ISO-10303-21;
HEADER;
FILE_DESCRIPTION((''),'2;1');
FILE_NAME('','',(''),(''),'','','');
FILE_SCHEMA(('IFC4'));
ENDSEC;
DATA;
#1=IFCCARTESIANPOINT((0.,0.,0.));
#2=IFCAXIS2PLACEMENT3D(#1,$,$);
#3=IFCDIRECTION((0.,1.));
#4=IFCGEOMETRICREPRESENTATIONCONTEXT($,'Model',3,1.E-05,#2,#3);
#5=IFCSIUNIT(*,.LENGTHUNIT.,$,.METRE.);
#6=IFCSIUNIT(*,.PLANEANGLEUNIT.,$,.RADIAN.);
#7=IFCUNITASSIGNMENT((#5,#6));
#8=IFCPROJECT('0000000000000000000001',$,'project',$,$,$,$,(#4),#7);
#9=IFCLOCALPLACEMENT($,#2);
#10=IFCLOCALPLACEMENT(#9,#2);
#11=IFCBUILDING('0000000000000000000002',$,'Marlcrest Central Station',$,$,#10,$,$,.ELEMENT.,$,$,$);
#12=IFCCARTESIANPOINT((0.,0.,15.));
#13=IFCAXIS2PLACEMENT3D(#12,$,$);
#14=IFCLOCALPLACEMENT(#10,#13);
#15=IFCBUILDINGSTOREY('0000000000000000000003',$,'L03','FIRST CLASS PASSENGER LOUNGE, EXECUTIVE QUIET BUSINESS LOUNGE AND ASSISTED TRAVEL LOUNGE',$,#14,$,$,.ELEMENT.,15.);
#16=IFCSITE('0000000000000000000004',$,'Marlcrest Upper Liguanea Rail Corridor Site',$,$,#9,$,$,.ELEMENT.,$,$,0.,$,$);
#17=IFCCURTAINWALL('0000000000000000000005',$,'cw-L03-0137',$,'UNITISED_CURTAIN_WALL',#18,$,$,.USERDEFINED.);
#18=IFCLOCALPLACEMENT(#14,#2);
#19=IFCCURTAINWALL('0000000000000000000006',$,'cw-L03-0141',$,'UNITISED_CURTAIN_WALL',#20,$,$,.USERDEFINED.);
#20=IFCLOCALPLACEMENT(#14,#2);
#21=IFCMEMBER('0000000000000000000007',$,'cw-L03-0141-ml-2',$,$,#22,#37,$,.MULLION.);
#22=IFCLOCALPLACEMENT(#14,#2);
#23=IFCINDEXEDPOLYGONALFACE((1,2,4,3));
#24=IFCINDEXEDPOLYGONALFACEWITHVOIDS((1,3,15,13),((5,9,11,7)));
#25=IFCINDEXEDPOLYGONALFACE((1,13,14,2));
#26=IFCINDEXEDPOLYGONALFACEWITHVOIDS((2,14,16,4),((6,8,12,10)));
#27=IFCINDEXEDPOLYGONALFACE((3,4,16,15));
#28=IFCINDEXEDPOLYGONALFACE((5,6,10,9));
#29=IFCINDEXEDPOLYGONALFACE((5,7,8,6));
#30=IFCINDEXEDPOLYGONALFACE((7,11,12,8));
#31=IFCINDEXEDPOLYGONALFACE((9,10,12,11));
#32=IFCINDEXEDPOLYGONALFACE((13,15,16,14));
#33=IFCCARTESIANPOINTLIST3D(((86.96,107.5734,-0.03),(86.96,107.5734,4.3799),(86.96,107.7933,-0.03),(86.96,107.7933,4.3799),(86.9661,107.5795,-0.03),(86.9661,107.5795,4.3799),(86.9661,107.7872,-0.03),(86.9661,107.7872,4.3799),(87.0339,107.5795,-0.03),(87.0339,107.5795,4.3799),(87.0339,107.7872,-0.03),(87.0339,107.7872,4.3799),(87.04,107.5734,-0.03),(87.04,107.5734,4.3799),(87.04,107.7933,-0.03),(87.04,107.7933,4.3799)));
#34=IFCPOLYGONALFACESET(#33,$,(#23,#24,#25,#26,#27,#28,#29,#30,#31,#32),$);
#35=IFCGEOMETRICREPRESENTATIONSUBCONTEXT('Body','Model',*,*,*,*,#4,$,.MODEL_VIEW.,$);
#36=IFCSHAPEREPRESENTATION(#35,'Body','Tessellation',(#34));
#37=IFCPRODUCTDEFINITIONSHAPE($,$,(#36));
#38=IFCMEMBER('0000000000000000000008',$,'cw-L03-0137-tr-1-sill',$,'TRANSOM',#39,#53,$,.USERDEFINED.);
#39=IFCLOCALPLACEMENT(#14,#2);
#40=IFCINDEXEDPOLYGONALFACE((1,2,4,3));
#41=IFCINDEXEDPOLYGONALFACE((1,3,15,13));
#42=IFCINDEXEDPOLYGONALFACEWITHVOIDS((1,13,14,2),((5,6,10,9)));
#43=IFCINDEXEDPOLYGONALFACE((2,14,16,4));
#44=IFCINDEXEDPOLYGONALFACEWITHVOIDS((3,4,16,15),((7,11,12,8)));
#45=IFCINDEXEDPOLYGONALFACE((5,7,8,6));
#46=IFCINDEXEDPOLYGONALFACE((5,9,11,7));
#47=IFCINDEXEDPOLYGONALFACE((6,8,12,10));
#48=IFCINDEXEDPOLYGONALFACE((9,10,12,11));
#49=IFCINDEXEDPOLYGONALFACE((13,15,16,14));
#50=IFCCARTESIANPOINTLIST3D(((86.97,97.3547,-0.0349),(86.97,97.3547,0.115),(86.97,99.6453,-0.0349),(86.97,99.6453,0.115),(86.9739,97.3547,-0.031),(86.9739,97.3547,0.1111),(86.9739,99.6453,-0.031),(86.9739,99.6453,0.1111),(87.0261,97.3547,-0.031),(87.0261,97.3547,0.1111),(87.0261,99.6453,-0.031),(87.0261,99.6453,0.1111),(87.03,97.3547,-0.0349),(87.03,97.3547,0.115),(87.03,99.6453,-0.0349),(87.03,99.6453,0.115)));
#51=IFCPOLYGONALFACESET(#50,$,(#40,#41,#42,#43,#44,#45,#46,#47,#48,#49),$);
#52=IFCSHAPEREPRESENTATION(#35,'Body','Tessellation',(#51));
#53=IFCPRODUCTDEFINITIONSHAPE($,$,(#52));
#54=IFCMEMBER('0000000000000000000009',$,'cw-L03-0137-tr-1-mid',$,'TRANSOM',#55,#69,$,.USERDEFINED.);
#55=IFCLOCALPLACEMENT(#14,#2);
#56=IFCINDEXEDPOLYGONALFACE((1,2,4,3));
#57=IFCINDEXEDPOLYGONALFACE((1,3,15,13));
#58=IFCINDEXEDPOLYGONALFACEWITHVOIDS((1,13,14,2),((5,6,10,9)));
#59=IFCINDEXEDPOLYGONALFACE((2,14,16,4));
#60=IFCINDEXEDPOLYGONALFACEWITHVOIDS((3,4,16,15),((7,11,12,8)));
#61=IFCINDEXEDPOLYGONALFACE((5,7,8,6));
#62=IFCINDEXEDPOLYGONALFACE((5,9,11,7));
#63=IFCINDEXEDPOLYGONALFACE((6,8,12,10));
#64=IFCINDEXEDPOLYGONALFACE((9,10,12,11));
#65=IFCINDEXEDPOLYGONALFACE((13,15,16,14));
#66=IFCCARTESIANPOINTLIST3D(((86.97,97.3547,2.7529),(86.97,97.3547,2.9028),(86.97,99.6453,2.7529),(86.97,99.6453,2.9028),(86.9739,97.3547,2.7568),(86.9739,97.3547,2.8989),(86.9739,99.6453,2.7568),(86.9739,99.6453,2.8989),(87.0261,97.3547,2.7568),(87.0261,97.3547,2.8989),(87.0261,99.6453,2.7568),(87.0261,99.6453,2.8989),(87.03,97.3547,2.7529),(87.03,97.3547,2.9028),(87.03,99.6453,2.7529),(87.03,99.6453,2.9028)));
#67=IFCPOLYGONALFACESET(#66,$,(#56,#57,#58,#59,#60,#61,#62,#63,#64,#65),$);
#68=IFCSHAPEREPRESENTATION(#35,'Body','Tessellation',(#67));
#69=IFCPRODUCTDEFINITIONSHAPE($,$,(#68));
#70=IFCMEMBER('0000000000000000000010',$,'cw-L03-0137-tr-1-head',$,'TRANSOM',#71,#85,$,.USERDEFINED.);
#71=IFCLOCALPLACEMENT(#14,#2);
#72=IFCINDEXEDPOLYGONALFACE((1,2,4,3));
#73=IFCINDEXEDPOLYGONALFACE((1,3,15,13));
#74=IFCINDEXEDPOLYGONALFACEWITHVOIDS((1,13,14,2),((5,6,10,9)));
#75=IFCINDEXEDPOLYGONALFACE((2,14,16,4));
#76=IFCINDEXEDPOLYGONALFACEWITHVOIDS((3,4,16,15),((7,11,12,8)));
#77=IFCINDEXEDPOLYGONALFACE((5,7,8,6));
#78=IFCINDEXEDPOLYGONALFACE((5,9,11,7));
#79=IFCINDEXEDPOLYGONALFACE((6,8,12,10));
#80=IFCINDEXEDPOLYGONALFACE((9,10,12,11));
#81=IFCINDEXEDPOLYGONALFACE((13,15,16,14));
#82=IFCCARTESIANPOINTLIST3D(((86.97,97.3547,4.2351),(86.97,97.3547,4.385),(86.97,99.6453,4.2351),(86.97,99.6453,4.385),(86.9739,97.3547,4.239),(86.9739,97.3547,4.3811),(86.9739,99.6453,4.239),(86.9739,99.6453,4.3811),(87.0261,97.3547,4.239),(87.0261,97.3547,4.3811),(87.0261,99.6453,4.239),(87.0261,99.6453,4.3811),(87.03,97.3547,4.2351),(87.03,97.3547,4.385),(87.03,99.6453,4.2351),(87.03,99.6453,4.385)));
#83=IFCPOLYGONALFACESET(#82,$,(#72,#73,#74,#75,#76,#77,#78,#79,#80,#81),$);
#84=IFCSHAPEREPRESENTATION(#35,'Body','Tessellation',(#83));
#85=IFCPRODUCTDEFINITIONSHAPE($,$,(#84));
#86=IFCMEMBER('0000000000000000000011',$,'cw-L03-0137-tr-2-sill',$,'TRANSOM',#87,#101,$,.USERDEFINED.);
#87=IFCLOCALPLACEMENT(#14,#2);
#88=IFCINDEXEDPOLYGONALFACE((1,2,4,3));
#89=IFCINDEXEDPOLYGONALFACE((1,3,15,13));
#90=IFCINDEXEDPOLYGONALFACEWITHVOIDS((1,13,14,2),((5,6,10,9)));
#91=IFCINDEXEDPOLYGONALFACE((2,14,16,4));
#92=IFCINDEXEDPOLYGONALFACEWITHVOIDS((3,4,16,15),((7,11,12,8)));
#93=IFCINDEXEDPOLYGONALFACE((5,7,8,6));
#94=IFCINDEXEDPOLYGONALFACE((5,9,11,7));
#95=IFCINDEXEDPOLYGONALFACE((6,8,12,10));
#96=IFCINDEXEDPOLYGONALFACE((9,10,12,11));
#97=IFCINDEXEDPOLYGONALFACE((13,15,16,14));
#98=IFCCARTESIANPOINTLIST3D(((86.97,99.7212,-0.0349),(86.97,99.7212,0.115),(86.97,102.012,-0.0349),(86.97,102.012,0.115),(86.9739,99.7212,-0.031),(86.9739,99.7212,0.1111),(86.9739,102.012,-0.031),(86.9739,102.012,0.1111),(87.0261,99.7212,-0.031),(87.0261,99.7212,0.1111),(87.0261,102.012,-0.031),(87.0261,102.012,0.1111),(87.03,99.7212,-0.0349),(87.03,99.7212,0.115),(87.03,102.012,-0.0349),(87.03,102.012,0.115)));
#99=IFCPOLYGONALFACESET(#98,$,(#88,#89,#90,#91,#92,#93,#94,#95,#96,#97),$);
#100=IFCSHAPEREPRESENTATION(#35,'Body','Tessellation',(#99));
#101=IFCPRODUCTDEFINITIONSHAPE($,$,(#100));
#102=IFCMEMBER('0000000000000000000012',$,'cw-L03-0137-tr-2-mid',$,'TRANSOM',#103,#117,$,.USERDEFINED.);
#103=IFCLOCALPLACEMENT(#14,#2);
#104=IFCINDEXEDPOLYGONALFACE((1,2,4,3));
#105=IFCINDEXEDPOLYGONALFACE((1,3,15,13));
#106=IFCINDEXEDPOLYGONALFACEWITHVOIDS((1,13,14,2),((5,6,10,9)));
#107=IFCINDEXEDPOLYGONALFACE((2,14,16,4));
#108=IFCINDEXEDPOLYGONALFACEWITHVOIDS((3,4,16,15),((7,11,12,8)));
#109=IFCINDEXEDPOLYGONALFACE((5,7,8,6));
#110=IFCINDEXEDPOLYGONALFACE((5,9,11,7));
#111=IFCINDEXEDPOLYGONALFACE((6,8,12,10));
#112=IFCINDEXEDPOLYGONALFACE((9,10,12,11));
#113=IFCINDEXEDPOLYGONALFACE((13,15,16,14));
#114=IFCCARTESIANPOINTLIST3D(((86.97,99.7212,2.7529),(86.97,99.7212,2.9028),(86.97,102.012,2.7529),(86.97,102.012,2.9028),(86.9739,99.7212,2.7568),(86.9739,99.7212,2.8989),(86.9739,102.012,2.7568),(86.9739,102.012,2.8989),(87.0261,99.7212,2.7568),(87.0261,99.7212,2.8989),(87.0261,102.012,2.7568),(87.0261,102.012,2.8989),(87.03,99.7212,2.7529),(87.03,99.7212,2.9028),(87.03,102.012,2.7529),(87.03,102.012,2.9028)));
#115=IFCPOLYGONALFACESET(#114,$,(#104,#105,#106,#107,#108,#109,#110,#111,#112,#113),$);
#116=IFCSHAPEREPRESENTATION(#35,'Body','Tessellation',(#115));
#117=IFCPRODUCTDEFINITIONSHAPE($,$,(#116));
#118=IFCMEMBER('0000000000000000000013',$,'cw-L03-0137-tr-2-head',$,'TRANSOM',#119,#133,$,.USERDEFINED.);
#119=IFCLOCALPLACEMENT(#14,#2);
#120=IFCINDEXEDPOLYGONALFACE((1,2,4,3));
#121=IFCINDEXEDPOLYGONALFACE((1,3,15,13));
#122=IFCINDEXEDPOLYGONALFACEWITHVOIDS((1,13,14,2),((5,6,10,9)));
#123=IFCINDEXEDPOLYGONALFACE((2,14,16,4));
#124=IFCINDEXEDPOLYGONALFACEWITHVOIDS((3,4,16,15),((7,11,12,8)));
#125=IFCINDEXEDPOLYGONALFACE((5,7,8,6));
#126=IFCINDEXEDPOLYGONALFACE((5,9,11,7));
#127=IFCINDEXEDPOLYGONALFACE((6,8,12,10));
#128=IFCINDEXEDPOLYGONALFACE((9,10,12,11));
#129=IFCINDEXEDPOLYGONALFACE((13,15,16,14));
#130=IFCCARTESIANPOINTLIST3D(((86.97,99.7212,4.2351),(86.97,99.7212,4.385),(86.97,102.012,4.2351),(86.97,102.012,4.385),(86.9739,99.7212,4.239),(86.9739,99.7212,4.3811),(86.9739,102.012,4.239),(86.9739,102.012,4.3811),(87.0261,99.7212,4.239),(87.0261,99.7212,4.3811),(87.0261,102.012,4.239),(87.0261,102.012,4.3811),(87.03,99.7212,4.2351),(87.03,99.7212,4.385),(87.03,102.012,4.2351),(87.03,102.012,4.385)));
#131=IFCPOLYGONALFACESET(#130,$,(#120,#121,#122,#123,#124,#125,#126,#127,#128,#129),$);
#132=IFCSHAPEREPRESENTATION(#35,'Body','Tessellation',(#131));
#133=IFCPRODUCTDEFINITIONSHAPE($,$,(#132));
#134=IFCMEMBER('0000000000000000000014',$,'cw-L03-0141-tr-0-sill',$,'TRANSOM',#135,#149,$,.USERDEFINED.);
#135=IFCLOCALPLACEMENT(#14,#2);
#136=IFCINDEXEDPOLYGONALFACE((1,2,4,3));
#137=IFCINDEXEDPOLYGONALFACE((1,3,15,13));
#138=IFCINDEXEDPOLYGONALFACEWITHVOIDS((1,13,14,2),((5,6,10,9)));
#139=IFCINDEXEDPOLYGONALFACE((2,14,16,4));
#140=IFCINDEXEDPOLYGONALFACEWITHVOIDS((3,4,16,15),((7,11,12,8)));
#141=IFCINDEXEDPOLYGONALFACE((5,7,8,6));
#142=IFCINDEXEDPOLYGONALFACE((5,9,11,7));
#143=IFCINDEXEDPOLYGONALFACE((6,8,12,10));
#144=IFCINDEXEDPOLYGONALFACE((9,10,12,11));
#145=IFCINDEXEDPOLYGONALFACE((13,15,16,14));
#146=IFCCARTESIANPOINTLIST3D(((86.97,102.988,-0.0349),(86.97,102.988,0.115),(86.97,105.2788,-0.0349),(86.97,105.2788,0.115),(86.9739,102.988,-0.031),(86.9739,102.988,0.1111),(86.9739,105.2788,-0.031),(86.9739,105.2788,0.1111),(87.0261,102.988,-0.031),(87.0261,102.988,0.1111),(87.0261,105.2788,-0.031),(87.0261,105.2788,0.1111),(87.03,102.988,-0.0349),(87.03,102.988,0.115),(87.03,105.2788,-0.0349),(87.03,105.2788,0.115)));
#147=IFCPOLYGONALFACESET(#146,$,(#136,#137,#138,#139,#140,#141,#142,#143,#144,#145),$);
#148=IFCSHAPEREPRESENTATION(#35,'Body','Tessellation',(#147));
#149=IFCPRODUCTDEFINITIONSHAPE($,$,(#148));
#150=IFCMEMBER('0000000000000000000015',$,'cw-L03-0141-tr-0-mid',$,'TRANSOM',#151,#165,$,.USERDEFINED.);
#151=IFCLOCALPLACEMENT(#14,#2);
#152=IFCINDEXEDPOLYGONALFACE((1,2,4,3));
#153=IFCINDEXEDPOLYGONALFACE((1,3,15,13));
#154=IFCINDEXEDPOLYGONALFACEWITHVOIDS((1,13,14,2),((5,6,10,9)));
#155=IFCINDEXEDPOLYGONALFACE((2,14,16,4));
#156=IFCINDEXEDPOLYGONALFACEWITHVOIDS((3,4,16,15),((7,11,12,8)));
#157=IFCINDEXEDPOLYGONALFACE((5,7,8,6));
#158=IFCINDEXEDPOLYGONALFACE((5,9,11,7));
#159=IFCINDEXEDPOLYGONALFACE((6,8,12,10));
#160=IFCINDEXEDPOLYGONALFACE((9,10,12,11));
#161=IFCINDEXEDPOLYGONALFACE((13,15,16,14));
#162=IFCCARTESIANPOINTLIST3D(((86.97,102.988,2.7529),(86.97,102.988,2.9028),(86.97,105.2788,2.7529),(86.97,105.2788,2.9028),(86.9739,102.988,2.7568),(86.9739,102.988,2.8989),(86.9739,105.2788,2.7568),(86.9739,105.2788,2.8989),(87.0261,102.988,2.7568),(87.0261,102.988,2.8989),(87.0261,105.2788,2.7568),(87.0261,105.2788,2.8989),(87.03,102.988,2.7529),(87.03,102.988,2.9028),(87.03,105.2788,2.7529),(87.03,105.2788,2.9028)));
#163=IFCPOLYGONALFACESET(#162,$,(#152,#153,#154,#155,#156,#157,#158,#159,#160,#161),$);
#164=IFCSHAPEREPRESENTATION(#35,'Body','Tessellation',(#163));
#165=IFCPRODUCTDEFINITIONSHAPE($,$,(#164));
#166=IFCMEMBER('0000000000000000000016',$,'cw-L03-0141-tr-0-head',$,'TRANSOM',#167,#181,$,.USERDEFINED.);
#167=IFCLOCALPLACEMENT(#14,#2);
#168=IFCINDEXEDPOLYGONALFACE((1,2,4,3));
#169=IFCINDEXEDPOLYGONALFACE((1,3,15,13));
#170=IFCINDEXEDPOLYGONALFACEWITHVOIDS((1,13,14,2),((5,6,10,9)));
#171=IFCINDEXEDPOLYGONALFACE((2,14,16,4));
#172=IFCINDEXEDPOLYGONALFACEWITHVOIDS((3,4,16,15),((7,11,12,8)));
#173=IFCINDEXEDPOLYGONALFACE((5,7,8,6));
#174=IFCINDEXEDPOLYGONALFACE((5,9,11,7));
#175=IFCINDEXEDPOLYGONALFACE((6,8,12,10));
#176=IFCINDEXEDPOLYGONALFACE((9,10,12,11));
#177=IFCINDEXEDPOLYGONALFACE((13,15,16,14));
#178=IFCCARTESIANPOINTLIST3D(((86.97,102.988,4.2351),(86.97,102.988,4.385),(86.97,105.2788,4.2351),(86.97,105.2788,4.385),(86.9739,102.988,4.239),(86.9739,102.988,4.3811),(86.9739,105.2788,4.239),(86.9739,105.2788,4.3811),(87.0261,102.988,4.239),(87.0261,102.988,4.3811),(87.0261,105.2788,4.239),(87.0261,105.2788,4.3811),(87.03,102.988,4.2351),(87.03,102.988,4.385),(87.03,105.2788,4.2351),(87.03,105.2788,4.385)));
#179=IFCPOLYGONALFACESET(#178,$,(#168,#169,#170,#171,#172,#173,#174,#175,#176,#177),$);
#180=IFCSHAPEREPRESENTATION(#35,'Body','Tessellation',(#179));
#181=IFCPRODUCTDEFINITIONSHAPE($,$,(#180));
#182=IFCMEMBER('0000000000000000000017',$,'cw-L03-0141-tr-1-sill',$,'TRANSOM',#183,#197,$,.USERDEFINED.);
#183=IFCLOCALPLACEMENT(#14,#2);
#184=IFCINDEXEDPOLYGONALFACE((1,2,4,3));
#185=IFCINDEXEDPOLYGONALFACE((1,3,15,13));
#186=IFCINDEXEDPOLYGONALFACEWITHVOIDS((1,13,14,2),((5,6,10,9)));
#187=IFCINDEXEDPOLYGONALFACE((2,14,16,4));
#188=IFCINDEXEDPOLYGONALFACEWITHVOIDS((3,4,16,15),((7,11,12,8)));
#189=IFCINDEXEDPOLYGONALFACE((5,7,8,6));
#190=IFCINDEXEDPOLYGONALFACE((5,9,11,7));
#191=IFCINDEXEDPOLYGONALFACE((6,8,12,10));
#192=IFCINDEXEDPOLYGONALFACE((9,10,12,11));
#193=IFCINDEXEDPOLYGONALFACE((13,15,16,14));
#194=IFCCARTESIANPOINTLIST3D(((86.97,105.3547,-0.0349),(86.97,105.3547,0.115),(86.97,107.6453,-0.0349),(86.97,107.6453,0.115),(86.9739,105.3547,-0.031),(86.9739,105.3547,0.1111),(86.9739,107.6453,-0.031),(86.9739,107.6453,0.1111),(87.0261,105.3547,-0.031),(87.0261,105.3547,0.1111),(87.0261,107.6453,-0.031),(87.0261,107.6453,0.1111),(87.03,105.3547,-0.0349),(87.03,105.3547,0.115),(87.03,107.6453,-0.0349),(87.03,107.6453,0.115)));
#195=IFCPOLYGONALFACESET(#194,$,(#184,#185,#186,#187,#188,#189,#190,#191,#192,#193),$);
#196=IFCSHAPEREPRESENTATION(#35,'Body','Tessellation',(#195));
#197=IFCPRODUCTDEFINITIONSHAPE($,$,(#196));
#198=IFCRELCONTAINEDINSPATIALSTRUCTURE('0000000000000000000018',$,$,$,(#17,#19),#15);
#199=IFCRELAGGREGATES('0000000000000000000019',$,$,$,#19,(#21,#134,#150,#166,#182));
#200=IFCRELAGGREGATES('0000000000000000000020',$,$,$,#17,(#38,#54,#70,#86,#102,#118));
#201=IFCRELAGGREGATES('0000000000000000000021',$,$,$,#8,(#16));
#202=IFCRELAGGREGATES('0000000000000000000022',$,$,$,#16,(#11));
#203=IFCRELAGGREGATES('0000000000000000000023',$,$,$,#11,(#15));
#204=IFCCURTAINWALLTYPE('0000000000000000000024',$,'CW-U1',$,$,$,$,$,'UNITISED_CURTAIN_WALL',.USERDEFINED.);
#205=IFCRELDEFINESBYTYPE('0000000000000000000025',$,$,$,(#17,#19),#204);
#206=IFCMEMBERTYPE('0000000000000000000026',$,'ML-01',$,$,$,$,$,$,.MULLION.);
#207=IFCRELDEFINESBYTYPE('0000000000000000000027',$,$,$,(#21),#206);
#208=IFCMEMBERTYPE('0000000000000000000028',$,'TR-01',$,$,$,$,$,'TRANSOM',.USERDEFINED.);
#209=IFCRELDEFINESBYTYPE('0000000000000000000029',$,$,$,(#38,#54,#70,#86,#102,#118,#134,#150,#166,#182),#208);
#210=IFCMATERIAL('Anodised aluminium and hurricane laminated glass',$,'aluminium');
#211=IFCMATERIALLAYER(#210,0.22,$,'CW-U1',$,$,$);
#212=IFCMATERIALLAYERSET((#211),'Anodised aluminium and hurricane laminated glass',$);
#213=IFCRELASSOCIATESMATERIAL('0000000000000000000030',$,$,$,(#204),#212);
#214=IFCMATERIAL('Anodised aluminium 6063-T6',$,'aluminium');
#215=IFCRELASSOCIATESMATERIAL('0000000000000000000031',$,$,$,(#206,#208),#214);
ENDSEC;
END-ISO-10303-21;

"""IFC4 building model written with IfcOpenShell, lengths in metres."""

from ifc_helpers import new_model, si_unit, direction, frame, origin, origin_2d, place, context, subcontext, project, spatial, hollow_rectangle, extrude, material, layer, layer_set, material_profile, profile_set, type_object, element, aggregate, save


model = new_model("IFC4")

# Units and contexts
model_context = context("Model", 3, precision=1e-05, world=origin(), true_north=direction((0.0, 1.0)))
body_context = subcontext(model_context, "Body", "Model", "MODEL_VIEW")
ifc_project = project(units=[si_unit("LENGTHUNIT", "METRE"), si_unit("PLANEANGLEUNIT", "RADIAN")], contexts=[model_context])

# Site, building, storey
site_placement = place(None, origin())
site = spatial("IfcSite", under=ifc_project, at=site_placement, Name="Marlcrest Upper Liguanea Rail Corridor Site", CompositionType="ELEMENT", RefElevation=0.0)
building_placement = place(site_placement, origin())
building = spatial("IfcBuilding", under=site, at=building_placement, Name="Marlcrest Central Station", CompositionType="ELEMENT")
storey_placement = place(building_placement, frame((0.0, 0.0, 15.0)))
storey = spatial("IfcBuildingStorey", under=building, at=storey_placement, Name="L03", Description="FIRST CLASS PASSENGER LOUNGE, EXECUTIVE QUIET BUSINESS LOUNGE AND ASSISTED TRAVEL LOUNGE", CompositionType="ELEMENT", Elevation=15.0)

# Curtain walls, member
ifc_material_1 = material(Name="Anodised aluminium and hurricane laminated glass", Category="aluminium")
ifc_layer_1 = layer(ifc_material_1, 0.22, Name="CW-U1")
ifc_layer_set_1 = layer_set([ifc_layer_1], Name="Anodised aluminium and hurricane laminated glass")
curtain_wall_type = type_object("IfcCurtainWallType", Name="CW-U1", ElementType="UNITISED_CURTAIN_WALL", PredefinedType="USERDEFINED", material=ifc_layer_set_1)
curtain_wall_1_placement = place(storey_placement, origin())
curtain_wall_1 = element("IfcCurtainWall", 1, at=curtain_wall_1_placement, inside=storey, type_object=curtain_wall_type, Name="cw-L03-0137", ObjectType="UNITISED_CURTAIN_WALL", PredefinedType="USERDEFINED")
ifc_material_2 = material(Name="Anodised aluminium 6063-T6", Category="aluminium")
ifc_material_profile_1 = material_profile(ifc_material_2, hollow_rectangle(XDim=0.0801, YDim=0.22, WallThickness=0.0061, at=origin_2d()), Name="AA-RHS 220x80x6")
ifc_profile_set_1 = profile_set([ifc_material_profile_1], Name="Anodised aluminium 6063-T6")
member_type_1 = type_object("IfcMemberType", Name="ML-01", PredefinedType="MULLION", material=ifc_profile_set_1)
curtain_wall_2_placement = place(storey_placement, origin())
curtain_wall_2 = element("IfcCurtainWall", 2, at=curtain_wall_2_placement, inside=storey, type_object=curtain_wall_type, Name="cw-L03-0141", ObjectType="UNITISED_CURTAIN_WALL", PredefinedType="USERDEFINED")
member_1_placement = place(storey_placement, frame((87.0, 107.6833, -0.03), z_axis=(0.0, 0.0, 1.0), x_axis=(1.0, 0.0, 0.0)))
member_1 = element("IfcMember", 3, at=member_1_placement, type_object=member_type_1, Name="cw-L03-0141-ml-2", PredefinedType="MULLION", context=body_context, shape_type="SweptSolid", body=[
    extrude(hollow_rectangle(XDim=0.0801, YDim=0.22, WallThickness=0.0061, at=origin_2d()), origin(), (0.0, 0.0, 1.0), 4.4099),
])

# Members
ifc_material_profile_2 = material_profile(ifc_material_2, hollow_rectangle(XDim=0.0601, YDim=0.1499, WallThickness=0.0039, at=origin_2d()), Name="AA-RHS 150x60x4")
ifc_profile_set_2 = profile_set([ifc_material_profile_2], Name="Anodised aluminium 6063-T6")
member_type_2 = type_object("IfcMemberType", Name="TR-01", ElementType="TRANSOM", PredefinedType="USERDEFINED", material=ifc_profile_set_2)
member_2_placement = place(storey_placement, frame((87.0, 97.3547, 0.04), z_axis=(0.0, 1.0, 0.0), x_axis=(-1.0, 0.0, 0.0)))
member_2 = element("IfcMember", 4, at=member_2_placement, type_object=member_type_2, Name="cw-L03-0137-tr-1-sill", ObjectType="TRANSOM", PredefinedType="USERDEFINED", context=body_context, shape_type="SweptSolid", body=[
    extrude(hollow_rectangle(XDim=0.0601, YDim=0.1499, WallThickness=0.0039, at=origin_2d()), origin(), (0.0, 0.0, 1.0), 2.2905),
])
member_3_placement = place(storey_placement, frame((87.0, 97.3547, 2.8279), z_axis=(0.0, 1.0, 0.0), x_axis=(-1.0, 0.0, 0.0)))
member_3 = element("IfcMember", 5, at=member_3_placement, type_object=member_type_2, Name="cw-L03-0137-tr-1-mid", ObjectType="TRANSOM", PredefinedType="USERDEFINED", context=body_context, shape_type="SweptSolid", body=[
    extrude(hollow_rectangle(XDim=0.0601, YDim=0.1499, WallThickness=0.0039, at=origin_2d()), origin(), (0.0, 0.0, 1.0), 2.2905),
])
member_4_placement = place(storey_placement, frame((87.0, 97.3547, 4.3101), z_axis=(0.0, 1.0, 0.0), x_axis=(-1.0, 0.0, 0.0)))
member_4 = element("IfcMember", 6, at=member_4_placement, type_object=member_type_2, Name="cw-L03-0137-tr-1-head", ObjectType="TRANSOM", PredefinedType="USERDEFINED", context=body_context, shape_type="SweptSolid", body=[
    extrude(hollow_rectangle(XDim=0.0601, YDim=0.1499, WallThickness=0.0039, at=origin_2d()), origin(), (0.0, 0.0, 1.0), 2.2905),
])
member_5_placement = place(storey_placement, frame((87.0, 99.7212, 0.04), z_axis=(0.0, 1.0, 0.0), x_axis=(-1.0, 0.0, 0.0)))
member_5 = element("IfcMember", 7, at=member_5_placement, type_object=member_type_2, Name="cw-L03-0137-tr-2-sill", ObjectType="TRANSOM", PredefinedType="USERDEFINED", context=body_context, shape_type="SweptSolid", body=[
    extrude(hollow_rectangle(XDim=0.0601, YDim=0.1499, WallThickness=0.0039, at=origin_2d()), origin(), (0.0, 0.0, 1.0), 2.2908),
])
member_6_placement = place(storey_placement, frame((87.0, 99.7212, 2.8279), z_axis=(0.0, 1.0, 0.0), x_axis=(-1.0, 0.0, 0.0)))
member_6 = element("IfcMember", 8, at=member_6_placement, type_object=member_type_2, Name="cw-L03-0137-tr-2-mid", ObjectType="TRANSOM", PredefinedType="USERDEFINED", context=body_context, shape_type="SweptSolid", body=[
    extrude(hollow_rectangle(XDim=0.0601, YDim=0.1499, WallThickness=0.0039, at=origin_2d()), origin(), (0.0, 0.0, 1.0), 2.2908),
])
member_7_placement = place(storey_placement, frame((87.0, 99.7212, 4.3101), z_axis=(0.0, 1.0, 0.0), x_axis=(-1.0, 0.0, 0.0)))
member_7 = element("IfcMember", 9, at=member_7_placement, type_object=member_type_2, Name="cw-L03-0137-tr-2-head", ObjectType="TRANSOM", PredefinedType="USERDEFINED", context=body_context, shape_type="SweptSolid", body=[
    extrude(hollow_rectangle(XDim=0.0601, YDim=0.1499, WallThickness=0.0039, at=origin_2d()), origin(), (0.0, 0.0, 1.0), 2.2908),
])
member_8_placement = place(storey_placement, frame((87.0, 102.988, 0.04), z_axis=(0.0, 1.0, 0.0), x_axis=(-1.0, 0.0, 0.0)))
member_8 = element("IfcMember", 10, at=member_8_placement, type_object=member_type_2, Name="cw-L03-0141-tr-0-sill", ObjectType="TRANSOM", PredefinedType="USERDEFINED", context=body_context, shape_type="SweptSolid", body=[
    extrude(hollow_rectangle(XDim=0.0601, YDim=0.1499, WallThickness=0.0039, at=origin_2d()), origin(), (0.0, 0.0, 1.0), 2.2908),
])
member_9_placement = place(storey_placement, frame((87.0, 102.988, 2.8279), z_axis=(0.0, 1.0, 0.0), x_axis=(-1.0, 0.0, 0.0)))
member_9 = element("IfcMember", 11, at=member_9_placement, type_object=member_type_2, Name="cw-L03-0141-tr-0-mid", ObjectType="TRANSOM", PredefinedType="USERDEFINED", context=body_context, shape_type="SweptSolid", body=[
    extrude(hollow_rectangle(XDim=0.0601, YDim=0.1499, WallThickness=0.0039, at=origin_2d()), origin(), (0.0, 0.0, 1.0), 2.2908),
])
member_10_placement = place(storey_placement, frame((87.0, 102.988, 4.3101), z_axis=(0.0, 1.0, 0.0), x_axis=(-1.0, 0.0, 0.0)))
member_10 = element("IfcMember", 12, at=member_10_placement, type_object=member_type_2, Name="cw-L03-0141-tr-0-head", ObjectType="TRANSOM", PredefinedType="USERDEFINED", context=body_context, shape_type="SweptSolid", body=[
    extrude(hollow_rectangle(XDim=0.0601, YDim=0.1499, WallThickness=0.0039, at=origin_2d()), origin(), (0.0, 0.0, 1.0), 2.2908),
])
member_11_placement = place(storey_placement, frame((87.0, 105.3547, 0.04), z_axis=(0.0, 1.0, 0.0), x_axis=(-1.0, 0.0, 0.0)))
member_11 = element("IfcMember", 13, at=member_11_placement, type_object=member_type_2, Name="cw-L03-0141-tr-1-sill", ObjectType="TRANSOM", PredefinedType="USERDEFINED", context=body_context, shape_type="SweptSolid", body=[
    extrude(hollow_rectangle(XDim=0.0601, YDim=0.1499, WallThickness=0.0039, at=origin_2d()), origin(), (0.0, 0.0, 1.0), 2.2905),
])

aggregate(curtain_wall_2, [member_1, member_8, member_9, member_10, member_11])
aggregate(curtain_wall_1, [member_2, member_3, member_4, member_5, member_6, member_7])

save(model, "model.ifc")
